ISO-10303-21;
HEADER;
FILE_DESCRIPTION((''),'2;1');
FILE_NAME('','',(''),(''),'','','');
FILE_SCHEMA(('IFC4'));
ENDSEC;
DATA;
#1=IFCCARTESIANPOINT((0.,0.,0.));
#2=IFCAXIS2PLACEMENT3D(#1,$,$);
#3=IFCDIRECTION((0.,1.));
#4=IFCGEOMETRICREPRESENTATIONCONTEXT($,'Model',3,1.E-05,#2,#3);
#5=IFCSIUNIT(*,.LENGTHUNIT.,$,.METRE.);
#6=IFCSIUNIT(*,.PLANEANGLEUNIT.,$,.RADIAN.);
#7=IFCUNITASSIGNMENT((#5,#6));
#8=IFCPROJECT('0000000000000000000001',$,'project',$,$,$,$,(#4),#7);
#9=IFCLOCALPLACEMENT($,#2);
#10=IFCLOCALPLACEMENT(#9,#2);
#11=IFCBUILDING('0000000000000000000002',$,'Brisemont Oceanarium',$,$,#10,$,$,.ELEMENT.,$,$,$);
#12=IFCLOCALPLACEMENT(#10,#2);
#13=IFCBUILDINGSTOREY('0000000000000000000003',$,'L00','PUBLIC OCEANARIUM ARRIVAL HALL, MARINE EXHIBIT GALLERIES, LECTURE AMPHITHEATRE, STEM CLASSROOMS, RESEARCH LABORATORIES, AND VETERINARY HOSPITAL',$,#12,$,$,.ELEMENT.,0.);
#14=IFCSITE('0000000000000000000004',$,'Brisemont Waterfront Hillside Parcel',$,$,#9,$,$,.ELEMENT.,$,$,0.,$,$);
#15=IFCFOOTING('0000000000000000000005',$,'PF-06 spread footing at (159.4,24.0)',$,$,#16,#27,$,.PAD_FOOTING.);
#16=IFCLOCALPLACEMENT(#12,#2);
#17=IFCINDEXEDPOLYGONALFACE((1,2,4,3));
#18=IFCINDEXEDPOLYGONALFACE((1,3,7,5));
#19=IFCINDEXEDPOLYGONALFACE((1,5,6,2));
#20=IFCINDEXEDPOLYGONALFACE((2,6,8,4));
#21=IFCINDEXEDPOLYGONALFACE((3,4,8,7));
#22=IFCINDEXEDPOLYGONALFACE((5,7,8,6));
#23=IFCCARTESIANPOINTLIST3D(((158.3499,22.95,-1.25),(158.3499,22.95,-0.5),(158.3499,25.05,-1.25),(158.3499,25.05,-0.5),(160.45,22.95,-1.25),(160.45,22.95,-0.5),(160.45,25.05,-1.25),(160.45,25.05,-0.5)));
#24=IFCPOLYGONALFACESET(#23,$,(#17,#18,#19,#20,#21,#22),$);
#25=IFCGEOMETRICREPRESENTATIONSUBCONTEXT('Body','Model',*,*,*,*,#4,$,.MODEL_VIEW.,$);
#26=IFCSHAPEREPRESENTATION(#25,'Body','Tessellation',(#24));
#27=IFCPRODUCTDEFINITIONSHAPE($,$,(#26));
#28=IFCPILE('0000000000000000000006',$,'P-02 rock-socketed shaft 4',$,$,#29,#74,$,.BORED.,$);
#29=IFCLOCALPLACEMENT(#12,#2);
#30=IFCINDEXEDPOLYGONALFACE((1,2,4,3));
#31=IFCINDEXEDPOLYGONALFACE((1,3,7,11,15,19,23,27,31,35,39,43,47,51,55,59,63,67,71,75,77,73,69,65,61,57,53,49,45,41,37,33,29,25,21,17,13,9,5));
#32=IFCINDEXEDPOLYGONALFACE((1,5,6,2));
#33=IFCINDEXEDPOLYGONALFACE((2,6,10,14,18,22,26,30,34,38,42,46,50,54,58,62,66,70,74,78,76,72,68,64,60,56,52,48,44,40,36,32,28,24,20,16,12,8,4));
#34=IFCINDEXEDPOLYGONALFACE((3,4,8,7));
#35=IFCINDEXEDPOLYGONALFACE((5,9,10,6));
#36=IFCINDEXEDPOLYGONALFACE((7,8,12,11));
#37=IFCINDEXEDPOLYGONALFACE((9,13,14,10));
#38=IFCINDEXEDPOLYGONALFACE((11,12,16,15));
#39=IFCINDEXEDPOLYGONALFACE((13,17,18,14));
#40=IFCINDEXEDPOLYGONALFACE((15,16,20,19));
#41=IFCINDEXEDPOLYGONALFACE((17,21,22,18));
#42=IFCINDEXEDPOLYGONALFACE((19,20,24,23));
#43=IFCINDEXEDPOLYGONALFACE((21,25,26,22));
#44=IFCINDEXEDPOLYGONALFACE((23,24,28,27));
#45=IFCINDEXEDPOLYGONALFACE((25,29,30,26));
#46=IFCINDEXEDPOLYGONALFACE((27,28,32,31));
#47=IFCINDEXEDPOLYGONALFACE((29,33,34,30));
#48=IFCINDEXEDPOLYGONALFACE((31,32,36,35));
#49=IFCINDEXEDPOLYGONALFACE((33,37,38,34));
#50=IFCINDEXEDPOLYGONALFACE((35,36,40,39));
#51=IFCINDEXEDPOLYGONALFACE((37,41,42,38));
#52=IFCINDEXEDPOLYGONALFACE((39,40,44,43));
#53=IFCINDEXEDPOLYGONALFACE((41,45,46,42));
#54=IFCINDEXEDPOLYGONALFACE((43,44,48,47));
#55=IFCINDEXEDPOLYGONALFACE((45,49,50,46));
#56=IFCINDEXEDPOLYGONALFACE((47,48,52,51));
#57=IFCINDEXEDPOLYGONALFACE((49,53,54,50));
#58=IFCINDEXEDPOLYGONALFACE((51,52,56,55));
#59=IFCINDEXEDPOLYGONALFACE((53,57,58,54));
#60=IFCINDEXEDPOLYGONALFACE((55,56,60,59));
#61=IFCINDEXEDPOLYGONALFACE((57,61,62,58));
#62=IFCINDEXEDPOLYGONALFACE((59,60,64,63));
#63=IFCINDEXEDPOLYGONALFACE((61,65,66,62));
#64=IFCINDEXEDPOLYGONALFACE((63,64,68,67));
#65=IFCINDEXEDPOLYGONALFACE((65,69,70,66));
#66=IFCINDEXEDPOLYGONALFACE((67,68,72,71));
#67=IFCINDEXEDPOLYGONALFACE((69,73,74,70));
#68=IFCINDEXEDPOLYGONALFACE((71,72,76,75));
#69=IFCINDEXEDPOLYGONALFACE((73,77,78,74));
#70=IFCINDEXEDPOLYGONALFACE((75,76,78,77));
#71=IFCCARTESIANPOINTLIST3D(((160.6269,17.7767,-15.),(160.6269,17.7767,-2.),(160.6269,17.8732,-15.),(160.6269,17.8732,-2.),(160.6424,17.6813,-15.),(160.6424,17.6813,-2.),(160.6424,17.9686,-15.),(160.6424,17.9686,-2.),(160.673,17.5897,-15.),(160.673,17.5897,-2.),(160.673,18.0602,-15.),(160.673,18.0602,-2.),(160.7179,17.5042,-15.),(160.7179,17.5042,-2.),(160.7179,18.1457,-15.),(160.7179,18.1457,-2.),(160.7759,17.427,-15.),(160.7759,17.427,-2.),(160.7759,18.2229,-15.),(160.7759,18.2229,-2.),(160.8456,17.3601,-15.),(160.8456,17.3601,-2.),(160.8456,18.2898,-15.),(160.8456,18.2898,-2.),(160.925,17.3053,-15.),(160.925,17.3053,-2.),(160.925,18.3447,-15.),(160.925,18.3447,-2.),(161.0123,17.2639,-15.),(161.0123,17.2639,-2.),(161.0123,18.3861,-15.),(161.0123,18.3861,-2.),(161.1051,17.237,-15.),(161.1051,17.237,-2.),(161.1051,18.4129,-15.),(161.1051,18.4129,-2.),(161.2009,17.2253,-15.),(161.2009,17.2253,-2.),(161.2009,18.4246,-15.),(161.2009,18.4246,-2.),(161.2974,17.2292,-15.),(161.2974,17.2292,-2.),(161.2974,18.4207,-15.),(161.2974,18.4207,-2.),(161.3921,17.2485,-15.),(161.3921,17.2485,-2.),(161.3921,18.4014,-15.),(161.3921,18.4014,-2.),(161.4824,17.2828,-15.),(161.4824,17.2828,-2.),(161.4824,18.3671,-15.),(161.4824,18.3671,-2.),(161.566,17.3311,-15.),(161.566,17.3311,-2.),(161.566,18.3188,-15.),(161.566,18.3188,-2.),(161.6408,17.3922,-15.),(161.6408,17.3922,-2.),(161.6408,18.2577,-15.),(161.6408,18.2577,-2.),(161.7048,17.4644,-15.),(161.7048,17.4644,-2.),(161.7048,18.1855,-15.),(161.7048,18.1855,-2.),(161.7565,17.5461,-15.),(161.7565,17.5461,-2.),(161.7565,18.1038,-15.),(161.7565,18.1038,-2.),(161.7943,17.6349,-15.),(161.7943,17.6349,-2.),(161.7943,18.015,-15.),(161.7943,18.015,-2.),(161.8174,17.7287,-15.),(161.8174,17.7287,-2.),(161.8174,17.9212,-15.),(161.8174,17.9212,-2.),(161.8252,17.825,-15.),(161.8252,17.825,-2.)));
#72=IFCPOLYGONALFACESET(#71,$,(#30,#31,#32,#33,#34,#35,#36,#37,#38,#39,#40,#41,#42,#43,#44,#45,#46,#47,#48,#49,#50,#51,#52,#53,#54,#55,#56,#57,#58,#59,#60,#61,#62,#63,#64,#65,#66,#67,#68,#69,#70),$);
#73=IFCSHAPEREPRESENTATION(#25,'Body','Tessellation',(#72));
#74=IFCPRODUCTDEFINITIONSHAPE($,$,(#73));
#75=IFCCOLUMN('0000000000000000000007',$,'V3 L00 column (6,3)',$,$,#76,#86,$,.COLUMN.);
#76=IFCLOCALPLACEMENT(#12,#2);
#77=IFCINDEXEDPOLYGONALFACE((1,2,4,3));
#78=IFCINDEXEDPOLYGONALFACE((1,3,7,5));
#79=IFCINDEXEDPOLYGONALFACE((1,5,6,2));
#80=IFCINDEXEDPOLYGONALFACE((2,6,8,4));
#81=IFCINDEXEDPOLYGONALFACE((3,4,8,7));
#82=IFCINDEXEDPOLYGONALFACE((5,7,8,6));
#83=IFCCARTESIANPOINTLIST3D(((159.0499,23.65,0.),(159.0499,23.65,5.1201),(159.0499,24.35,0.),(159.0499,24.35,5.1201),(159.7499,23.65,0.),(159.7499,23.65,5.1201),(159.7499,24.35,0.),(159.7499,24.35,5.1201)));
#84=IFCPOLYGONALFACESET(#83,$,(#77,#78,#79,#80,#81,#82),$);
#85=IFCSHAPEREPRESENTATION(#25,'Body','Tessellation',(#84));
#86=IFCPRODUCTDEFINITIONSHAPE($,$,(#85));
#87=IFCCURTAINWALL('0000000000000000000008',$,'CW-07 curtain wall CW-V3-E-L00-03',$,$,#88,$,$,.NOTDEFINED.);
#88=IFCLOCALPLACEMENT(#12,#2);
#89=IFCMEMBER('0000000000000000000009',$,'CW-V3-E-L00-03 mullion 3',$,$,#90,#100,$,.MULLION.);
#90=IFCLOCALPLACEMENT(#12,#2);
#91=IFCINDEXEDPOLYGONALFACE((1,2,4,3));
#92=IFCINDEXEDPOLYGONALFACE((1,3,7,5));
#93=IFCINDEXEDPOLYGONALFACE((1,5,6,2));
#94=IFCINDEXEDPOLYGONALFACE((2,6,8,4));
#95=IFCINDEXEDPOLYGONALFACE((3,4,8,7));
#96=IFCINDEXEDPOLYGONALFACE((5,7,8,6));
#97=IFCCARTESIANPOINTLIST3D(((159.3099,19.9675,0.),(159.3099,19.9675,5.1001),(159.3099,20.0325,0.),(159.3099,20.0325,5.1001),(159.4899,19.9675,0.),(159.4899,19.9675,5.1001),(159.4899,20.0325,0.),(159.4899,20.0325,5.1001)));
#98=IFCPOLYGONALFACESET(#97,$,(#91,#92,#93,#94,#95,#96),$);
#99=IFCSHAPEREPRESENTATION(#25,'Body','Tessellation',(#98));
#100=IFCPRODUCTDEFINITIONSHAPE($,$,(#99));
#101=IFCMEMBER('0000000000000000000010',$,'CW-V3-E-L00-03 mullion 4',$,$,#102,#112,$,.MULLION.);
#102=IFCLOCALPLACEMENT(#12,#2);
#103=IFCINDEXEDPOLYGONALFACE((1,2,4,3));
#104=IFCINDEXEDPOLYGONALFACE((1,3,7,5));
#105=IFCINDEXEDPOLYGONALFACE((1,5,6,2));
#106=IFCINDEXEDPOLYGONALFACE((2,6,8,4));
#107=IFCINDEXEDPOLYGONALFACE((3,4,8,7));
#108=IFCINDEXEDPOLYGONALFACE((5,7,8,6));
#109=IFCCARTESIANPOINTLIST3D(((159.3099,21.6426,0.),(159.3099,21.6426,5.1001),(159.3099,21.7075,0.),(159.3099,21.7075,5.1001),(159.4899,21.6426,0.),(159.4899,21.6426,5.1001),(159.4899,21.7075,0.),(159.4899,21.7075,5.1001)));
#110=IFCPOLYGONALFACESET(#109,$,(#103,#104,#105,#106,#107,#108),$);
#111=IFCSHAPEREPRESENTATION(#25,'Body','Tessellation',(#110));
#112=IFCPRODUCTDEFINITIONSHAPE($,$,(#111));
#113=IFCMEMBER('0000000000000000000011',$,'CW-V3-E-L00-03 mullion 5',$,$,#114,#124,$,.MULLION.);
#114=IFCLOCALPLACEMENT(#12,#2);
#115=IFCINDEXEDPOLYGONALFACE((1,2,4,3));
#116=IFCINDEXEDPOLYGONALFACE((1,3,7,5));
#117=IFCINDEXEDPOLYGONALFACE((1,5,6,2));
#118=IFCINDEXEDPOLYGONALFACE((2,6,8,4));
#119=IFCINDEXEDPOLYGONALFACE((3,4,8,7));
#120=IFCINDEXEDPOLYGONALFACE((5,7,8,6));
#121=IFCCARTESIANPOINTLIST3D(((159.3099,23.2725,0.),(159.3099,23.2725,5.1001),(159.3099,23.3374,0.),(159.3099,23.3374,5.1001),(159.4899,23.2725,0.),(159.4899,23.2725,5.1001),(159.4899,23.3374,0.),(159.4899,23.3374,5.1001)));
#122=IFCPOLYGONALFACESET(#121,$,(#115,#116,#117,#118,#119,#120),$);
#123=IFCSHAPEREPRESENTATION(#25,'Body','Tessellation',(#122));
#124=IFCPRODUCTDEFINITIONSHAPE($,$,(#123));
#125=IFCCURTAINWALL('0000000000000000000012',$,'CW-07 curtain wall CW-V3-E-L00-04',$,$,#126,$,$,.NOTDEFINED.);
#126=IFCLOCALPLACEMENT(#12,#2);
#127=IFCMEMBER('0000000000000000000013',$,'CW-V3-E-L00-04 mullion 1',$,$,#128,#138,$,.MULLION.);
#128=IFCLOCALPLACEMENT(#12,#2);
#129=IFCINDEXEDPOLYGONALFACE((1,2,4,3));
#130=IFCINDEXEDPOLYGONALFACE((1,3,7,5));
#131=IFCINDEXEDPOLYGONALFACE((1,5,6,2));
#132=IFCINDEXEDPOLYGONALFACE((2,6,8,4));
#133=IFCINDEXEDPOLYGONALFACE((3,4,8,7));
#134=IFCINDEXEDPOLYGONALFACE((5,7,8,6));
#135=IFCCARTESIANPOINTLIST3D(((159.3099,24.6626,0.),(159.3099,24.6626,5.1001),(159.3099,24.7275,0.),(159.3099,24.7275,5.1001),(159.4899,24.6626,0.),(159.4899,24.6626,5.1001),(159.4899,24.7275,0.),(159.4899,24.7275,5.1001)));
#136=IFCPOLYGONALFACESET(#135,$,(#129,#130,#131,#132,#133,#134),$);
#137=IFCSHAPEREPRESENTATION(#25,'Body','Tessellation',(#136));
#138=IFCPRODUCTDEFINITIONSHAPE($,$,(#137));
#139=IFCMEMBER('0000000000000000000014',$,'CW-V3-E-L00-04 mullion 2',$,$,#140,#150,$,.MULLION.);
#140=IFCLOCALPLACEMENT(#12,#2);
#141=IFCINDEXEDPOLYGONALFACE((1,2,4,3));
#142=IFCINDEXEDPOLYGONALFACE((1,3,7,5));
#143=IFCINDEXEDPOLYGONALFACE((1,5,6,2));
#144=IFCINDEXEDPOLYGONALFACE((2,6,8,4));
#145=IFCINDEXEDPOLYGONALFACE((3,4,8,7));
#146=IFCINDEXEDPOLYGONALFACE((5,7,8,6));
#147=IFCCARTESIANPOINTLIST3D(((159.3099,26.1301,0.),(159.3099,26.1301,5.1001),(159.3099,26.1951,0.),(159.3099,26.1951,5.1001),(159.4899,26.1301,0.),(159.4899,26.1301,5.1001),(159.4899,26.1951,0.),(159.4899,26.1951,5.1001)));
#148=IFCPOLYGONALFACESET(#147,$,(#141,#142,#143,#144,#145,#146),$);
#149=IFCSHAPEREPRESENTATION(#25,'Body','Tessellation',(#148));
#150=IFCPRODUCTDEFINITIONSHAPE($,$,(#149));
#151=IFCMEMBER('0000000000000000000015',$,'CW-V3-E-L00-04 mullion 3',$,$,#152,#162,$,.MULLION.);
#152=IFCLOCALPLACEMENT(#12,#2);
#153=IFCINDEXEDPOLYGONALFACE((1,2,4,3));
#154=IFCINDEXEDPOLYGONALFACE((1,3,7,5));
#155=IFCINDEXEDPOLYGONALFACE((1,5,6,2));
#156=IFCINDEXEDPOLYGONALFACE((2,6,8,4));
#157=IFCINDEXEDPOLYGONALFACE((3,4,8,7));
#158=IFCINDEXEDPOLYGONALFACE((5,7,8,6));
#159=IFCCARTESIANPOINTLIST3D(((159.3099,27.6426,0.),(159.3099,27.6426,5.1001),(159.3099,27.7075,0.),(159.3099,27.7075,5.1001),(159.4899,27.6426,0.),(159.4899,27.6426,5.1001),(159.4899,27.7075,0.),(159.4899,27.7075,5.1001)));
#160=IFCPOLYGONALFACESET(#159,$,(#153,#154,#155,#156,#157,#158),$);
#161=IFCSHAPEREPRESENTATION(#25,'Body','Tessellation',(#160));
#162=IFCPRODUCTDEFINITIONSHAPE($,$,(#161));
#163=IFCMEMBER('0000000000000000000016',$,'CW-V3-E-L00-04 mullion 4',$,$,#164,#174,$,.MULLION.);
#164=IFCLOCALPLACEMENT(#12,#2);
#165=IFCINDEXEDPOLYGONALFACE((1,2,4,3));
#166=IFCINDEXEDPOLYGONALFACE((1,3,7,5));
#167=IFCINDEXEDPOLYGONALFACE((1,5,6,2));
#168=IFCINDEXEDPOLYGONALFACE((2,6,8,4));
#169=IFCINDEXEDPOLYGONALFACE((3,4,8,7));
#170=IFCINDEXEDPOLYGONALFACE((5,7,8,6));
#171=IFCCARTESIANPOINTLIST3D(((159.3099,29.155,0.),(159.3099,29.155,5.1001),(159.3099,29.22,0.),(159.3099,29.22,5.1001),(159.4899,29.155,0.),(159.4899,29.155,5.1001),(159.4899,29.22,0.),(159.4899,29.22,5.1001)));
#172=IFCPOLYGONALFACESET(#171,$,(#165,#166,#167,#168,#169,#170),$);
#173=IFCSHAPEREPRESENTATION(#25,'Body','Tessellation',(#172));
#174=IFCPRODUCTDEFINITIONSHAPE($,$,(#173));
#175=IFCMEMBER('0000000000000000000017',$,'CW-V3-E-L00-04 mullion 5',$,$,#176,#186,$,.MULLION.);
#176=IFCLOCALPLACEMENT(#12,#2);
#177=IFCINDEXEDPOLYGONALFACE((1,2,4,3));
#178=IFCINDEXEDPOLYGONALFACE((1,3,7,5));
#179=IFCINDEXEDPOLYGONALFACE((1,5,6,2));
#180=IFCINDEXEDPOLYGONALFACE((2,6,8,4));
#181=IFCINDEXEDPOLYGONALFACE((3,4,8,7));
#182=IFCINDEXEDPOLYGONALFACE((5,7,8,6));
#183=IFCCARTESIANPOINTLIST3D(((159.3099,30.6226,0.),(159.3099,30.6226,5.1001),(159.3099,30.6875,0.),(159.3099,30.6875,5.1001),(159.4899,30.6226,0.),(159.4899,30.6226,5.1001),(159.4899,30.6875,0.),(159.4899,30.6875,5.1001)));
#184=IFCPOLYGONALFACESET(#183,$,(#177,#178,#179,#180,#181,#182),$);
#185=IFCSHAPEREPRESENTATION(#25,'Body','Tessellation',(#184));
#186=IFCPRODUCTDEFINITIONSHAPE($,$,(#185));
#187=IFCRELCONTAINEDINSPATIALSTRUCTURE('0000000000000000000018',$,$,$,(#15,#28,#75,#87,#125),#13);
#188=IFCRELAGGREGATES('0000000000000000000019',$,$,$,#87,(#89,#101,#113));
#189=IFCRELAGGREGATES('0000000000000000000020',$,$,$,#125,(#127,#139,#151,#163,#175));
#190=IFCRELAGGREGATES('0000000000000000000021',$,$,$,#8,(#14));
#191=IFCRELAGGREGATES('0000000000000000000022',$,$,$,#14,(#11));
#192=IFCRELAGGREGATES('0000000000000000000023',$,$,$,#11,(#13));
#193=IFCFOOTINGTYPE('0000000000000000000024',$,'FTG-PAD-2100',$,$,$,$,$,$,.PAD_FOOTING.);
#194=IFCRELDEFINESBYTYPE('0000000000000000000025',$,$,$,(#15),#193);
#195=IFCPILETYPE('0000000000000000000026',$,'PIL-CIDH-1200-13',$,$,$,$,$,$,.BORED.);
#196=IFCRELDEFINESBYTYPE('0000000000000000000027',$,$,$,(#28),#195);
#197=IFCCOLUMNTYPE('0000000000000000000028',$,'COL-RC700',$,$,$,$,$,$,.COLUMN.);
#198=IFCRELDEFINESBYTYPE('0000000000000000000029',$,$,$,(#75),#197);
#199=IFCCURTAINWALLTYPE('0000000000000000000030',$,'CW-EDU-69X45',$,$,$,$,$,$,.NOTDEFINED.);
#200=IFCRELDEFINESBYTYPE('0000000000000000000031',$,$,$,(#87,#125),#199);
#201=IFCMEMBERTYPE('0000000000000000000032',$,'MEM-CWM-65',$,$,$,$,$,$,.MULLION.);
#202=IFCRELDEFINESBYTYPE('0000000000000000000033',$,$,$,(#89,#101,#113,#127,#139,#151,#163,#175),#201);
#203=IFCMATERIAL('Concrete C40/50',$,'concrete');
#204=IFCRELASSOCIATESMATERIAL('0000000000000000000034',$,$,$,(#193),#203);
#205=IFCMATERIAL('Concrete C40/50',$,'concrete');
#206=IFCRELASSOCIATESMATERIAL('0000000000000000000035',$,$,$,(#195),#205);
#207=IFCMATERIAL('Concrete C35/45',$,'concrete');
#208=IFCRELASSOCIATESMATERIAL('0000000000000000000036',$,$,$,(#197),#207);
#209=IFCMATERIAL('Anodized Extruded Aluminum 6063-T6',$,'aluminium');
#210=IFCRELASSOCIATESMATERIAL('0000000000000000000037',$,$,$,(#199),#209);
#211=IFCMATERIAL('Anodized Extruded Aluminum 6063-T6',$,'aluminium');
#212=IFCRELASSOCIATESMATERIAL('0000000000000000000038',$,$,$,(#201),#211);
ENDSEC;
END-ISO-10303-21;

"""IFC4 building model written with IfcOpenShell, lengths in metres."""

from ifc_helpers import new_model, si_unit, direction, frame, origin, origin_2d, place, context, subcontext, project, spatial, rectangle, circle, extrude, material, material_profile, profile_set, type_object, element, aggregate, save


model = new_model("IFC4")

# Units and contexts
model_context = context("Model", 3, precision=1e-05, world=origin(), true_north=direction((0.0, 1.0)))
body_context = subcontext(model_context, "Body", "Model", "MODEL_VIEW")
ifc_project = project(units=[si_unit("LENGTHUNIT", "METRE"), si_unit("PLANEANGLEUNIT", "RADIAN")], contexts=[model_context])

# Site, building, storey
site_placement = place(None, origin())
site = spatial("IfcSite", under=ifc_project, at=site_placement, Name="Brisemont Waterfront Hillside Parcel", CompositionType="ELEMENT", RefElevation=0.0)
building_placement = place(site_placement, origin())
building = spatial("IfcBuilding", under=site, at=building_placement, Name="Brisemont Oceanarium", CompositionType="ELEMENT")
storey_placement = place(building_placement, origin())
storey = spatial("IfcBuildingStorey", under=building, at=storey_placement, Name="L00", Description="PUBLIC OCEANARIUM ARRIVAL HALL, MARINE EXHIBIT GALLERIES, LECTURE AMPHITHEATRE, STEM CLASSROOMS, RESEARCH LABORATORIES, AND VETERINARY HOSPITAL", CompositionType="ELEMENT", Elevation=0.0)

# Footing
ifc_material_1 = material(Name="Concrete C40/50", Category="concrete")
footing_type = type_object("IfcFootingType", Name="FTG-PAD-2100", PredefinedType="PAD_FOOTING", material=ifc_material_1)
footing_placement = place(storey_placement, frame((159.3999, 24.0, -1.25), z_axis=(0.0, 0.0, 1.0), x_axis=(1.0, 0.0, 0.0)))
element("IfcFooting", 1, at=footing_placement, inside=storey, type_object=footing_type, Name="PF-06 spread footing at (159.4,24.0)", PredefinedType="PAD_FOOTING", context=body_context, shape_type="SweptSolid", body=[
    extrude(rectangle(XDim=2.1001, YDim=2.1001, at=origin_2d()), origin(), (0.0, 0.0, 1.0), 0.75),
])

# Pile
ifc_material_2 = material(Name="Concrete C40/50", Category="concrete")
ifc_material_profile_1 = material_profile(ifc_material_2, circle(Radius=0.6001, at=origin_2d()), Name="CIDH-D1200")
ifc_profile_set_1 = profile_set([ifc_material_profile_1], Name="Concrete C40/50")
pile_type = type_object("IfcPileType", Name="PIL-CIDH-1200-13", PredefinedType="BORED", material=ifc_profile_set_1)
pile_placement = place(storey_placement, frame((161.2251, 17.825, -2.0), z_axis=(0.0, 0.0, -1.0), x_axis=(1.0, 0.0, 0.0)))
element("IfcPile", 2, at=pile_placement, inside=storey, type_object=pile_type, Name="P-02 rock-socketed shaft 4", PredefinedType="BORED", context=body_context, shape_type="SweptSolid", body=[
    extrude(circle(Radius=0.6001, at=origin_2d()), origin(), (0.0, 0.0, 1.0), 13.0),
])

# Column
ifc_material_3 = material(Name="Concrete C35/45", Category="concrete")
ifc_material_profile_2 = material_profile(ifc_material_3, rectangle(XDim=0.7, YDim=0.7, at=origin_2d()), Name="RC-COL-700X700")
ifc_profile_set_2 = profile_set([ifc_material_profile_2], Name="Concrete C35/45")
column_type = type_object("IfcColumnType", Name="COL-RC700", PredefinedType="COLUMN", material=ifc_profile_set_2)
column_placement = place(storey_placement, frame((159.3999, 24.0, 0.0), z_axis=(0.0, 0.0, 1.0), x_axis=(0.0, 1.0, 0.0)))
element("IfcColumn", 3, at=column_placement, inside=storey, type_object=column_type, Name="V3 L00 column (6,3)", PredefinedType="COLUMN", context=body_context, shape_type="SweptSolid", body=[
    extrude(rectangle(XDim=0.7, YDim=0.7, at=origin_2d()), origin(), (0.0, 0.0, 1.0), 5.1201),
])

# Curtain walls, members
ifc_material_4 = material(Name="Anodized Extruded Aluminum 6063-T6", Category="aluminium")
curtain_wall_type = type_object("IfcCurtainWallType", Name="CW-EDU-69X45", PredefinedType="NOTDEFINED", material=ifc_material_4)
curtain_wall_1_placement = place(storey_placement, origin())
curtain_wall_1 = element("IfcCurtainWall", 4, at=curtain_wall_1_placement, inside=storey, type_object=curtain_wall_type, Name="CW-07 curtain wall CW-V3-E-L00-03", PredefinedType="NOTDEFINED")
ifc_material_5 = material(Name="Anodized Extruded Aluminum 6063-T6", Category="aluminium")
ifc_material_profile_3 = material_profile(ifc_material_5, rectangle(XDim=0.0649, YDim=0.1799, at=origin_2d()), Name="CWM-65X180")
ifc_profile_set_3 = profile_set([ifc_material_profile_3], Name="Anodized Extruded Aluminum 6063-T6")
member_type_1 = type_object("IfcMemberType", Name="MEM-CWM-65", PredefinedType="MULLION", material=ifc_profile_set_3)
member_1_placement = place(storey_placement, frame((159.3999, 20.0, 0.0), z_axis=(0.0, 0.0, 1.0), x_axis=(0.0, 1.0, 0.0)))
member_1 = element("IfcMember", 5, at=member_1_placement, type_object=member_type_1, Name="CW-V3-E-L00-03 mullion 3", PredefinedType="MULLION", context=body_context, shape_type="SweptSolid", body=[
    extrude(rectangle(XDim=0.0649, YDim=0.1799, at=origin_2d()), origin(), (0.0, 0.0, 1.0), 5.1001),
])
member_2_placement = place(storey_placement, frame((159.3999, 21.675, 0.0), z_axis=(0.0, 0.0, 1.0), x_axis=(0.0, 1.0, 0.0)))
member_2 = element("IfcMember", 6, at=member_2_placement, type_object=member_type_1, Name="CW-V3-E-L00-03 mullion 4", PredefinedType="MULLION", context=body_context, shape_type="SweptSolid", body=[
    extrude(rectangle(XDim=0.0649, YDim=0.1799, at=origin_2d()), origin(), (0.0, 0.0, 1.0), 5.1001),
])
member_3_placement = place(storey_placement, frame((159.3999, 23.3049, 0.0), z_axis=(0.0, 0.0, 1.0), x_axis=(0.0, 1.0, 0.0)))
member_3 = element("IfcMember", 7, at=member_3_placement, type_object=member_type_1, Name="CW-V3-E-L00-03 mullion 5", PredefinedType="MULLION", context=body_context, shape_type="SweptSolid", body=[
    extrude(rectangle(XDim=0.0649, YDim=0.1799, at=origin_2d()), origin(), (0.0, 0.0, 1.0), 5.1001),
])
curtain_wall_2_placement = place(storey_placement, origin())
curtain_wall_2 = element("IfcCurtainWall", 8, at=curtain_wall_2_placement, inside=storey, type_object=curtain_wall_type, Name="CW-07 curtain wall CW-V3-E-L00-04", PredefinedType="NOTDEFINED")
member_4_placement = place(storey_placement, frame((159.3999, 24.6951, 0.0), z_axis=(0.0, 0.0, 1.0), x_axis=(0.0, 1.0, 0.0)))
member_4 = element("IfcMember", 9, at=member_4_placement, type_object=member_type_1, Name="CW-V3-E-L00-04 mullion 1", PredefinedType="MULLION", context=body_context, shape_type="SweptSolid", body=[
    extrude(rectangle(XDim=0.0649, YDim=0.1799, at=origin_2d()), origin(), (0.0, 0.0, 1.0), 5.1001),
])
member_5_placement = place(storey_placement, frame((159.3999, 26.1626, 0.0), z_axis=(0.0, 0.0, 1.0), x_axis=(0.0, 1.0, 0.0)))
member_5 = element("IfcMember", 10, at=member_5_placement, type_object=member_type_1, Name="CW-V3-E-L00-04 mullion 2", PredefinedType="MULLION", context=body_context, shape_type="SweptSolid", body=[
    extrude(rectangle(XDim=0.0649, YDim=0.1799, at=origin_2d()), origin(), (0.0, 0.0, 1.0), 5.1001),
])
member_6_placement = place(storey_placement, frame((159.3999, 27.675, 0.0), z_axis=(0.0, 0.0, 1.0), x_axis=(0.0, 1.0, 0.0)))
member_6 = element("IfcMember", 11, at=member_6_placement, type_object=member_type_1, Name="CW-V3-E-L00-04 mullion 3", PredefinedType="MULLION", context=body_context, shape_type="SweptSolid", body=[
    extrude(rectangle(XDim=0.0649, YDim=0.1799, at=origin_2d()), origin(), (0.0, 0.0, 1.0), 5.1001),
])
member_7_placement = place(storey_placement, frame((159.3999, 29.1875, 0.0), z_axis=(0.0, 0.0, 1.0), x_axis=(0.0, 1.0, 0.0)))
member_7 = element("IfcMember", 12, at=member_7_placement, type_object=member_type_1, Name="CW-V3-E-L00-04 mullion 4", PredefinedType="MULLION", context=body_context, shape_type="SweptSolid", body=[
    extrude(rectangle(XDim=0.0649, YDim=0.1799, at=origin_2d()), origin(), (0.0, 0.0, 1.0), 5.1001),
])
member_8_placement = place(storey_placement, frame((159.3999, 30.655, 0.0), z_axis=(0.0, 0.0, 1.0), x_axis=(0.0, 1.0, 0.0)))
member_8 = element("IfcMember", 13, at=member_8_placement, type_object=member_type_1, Name="CW-V3-E-L00-04 mullion 5", PredefinedType="MULLION", context=body_context, shape_type="SweptSolid", body=[
    extrude(rectangle(XDim=0.0649, YDim=0.1799, at=origin_2d()), origin(), (0.0, 0.0, 1.0), 5.1001),
])

aggregate(curtain_wall_1, [member_1, member_2, member_3])
aggregate(curtain_wall_2, [member_4, member_5, member_6, member_7, member_8])

save(model, "model.ifc")
